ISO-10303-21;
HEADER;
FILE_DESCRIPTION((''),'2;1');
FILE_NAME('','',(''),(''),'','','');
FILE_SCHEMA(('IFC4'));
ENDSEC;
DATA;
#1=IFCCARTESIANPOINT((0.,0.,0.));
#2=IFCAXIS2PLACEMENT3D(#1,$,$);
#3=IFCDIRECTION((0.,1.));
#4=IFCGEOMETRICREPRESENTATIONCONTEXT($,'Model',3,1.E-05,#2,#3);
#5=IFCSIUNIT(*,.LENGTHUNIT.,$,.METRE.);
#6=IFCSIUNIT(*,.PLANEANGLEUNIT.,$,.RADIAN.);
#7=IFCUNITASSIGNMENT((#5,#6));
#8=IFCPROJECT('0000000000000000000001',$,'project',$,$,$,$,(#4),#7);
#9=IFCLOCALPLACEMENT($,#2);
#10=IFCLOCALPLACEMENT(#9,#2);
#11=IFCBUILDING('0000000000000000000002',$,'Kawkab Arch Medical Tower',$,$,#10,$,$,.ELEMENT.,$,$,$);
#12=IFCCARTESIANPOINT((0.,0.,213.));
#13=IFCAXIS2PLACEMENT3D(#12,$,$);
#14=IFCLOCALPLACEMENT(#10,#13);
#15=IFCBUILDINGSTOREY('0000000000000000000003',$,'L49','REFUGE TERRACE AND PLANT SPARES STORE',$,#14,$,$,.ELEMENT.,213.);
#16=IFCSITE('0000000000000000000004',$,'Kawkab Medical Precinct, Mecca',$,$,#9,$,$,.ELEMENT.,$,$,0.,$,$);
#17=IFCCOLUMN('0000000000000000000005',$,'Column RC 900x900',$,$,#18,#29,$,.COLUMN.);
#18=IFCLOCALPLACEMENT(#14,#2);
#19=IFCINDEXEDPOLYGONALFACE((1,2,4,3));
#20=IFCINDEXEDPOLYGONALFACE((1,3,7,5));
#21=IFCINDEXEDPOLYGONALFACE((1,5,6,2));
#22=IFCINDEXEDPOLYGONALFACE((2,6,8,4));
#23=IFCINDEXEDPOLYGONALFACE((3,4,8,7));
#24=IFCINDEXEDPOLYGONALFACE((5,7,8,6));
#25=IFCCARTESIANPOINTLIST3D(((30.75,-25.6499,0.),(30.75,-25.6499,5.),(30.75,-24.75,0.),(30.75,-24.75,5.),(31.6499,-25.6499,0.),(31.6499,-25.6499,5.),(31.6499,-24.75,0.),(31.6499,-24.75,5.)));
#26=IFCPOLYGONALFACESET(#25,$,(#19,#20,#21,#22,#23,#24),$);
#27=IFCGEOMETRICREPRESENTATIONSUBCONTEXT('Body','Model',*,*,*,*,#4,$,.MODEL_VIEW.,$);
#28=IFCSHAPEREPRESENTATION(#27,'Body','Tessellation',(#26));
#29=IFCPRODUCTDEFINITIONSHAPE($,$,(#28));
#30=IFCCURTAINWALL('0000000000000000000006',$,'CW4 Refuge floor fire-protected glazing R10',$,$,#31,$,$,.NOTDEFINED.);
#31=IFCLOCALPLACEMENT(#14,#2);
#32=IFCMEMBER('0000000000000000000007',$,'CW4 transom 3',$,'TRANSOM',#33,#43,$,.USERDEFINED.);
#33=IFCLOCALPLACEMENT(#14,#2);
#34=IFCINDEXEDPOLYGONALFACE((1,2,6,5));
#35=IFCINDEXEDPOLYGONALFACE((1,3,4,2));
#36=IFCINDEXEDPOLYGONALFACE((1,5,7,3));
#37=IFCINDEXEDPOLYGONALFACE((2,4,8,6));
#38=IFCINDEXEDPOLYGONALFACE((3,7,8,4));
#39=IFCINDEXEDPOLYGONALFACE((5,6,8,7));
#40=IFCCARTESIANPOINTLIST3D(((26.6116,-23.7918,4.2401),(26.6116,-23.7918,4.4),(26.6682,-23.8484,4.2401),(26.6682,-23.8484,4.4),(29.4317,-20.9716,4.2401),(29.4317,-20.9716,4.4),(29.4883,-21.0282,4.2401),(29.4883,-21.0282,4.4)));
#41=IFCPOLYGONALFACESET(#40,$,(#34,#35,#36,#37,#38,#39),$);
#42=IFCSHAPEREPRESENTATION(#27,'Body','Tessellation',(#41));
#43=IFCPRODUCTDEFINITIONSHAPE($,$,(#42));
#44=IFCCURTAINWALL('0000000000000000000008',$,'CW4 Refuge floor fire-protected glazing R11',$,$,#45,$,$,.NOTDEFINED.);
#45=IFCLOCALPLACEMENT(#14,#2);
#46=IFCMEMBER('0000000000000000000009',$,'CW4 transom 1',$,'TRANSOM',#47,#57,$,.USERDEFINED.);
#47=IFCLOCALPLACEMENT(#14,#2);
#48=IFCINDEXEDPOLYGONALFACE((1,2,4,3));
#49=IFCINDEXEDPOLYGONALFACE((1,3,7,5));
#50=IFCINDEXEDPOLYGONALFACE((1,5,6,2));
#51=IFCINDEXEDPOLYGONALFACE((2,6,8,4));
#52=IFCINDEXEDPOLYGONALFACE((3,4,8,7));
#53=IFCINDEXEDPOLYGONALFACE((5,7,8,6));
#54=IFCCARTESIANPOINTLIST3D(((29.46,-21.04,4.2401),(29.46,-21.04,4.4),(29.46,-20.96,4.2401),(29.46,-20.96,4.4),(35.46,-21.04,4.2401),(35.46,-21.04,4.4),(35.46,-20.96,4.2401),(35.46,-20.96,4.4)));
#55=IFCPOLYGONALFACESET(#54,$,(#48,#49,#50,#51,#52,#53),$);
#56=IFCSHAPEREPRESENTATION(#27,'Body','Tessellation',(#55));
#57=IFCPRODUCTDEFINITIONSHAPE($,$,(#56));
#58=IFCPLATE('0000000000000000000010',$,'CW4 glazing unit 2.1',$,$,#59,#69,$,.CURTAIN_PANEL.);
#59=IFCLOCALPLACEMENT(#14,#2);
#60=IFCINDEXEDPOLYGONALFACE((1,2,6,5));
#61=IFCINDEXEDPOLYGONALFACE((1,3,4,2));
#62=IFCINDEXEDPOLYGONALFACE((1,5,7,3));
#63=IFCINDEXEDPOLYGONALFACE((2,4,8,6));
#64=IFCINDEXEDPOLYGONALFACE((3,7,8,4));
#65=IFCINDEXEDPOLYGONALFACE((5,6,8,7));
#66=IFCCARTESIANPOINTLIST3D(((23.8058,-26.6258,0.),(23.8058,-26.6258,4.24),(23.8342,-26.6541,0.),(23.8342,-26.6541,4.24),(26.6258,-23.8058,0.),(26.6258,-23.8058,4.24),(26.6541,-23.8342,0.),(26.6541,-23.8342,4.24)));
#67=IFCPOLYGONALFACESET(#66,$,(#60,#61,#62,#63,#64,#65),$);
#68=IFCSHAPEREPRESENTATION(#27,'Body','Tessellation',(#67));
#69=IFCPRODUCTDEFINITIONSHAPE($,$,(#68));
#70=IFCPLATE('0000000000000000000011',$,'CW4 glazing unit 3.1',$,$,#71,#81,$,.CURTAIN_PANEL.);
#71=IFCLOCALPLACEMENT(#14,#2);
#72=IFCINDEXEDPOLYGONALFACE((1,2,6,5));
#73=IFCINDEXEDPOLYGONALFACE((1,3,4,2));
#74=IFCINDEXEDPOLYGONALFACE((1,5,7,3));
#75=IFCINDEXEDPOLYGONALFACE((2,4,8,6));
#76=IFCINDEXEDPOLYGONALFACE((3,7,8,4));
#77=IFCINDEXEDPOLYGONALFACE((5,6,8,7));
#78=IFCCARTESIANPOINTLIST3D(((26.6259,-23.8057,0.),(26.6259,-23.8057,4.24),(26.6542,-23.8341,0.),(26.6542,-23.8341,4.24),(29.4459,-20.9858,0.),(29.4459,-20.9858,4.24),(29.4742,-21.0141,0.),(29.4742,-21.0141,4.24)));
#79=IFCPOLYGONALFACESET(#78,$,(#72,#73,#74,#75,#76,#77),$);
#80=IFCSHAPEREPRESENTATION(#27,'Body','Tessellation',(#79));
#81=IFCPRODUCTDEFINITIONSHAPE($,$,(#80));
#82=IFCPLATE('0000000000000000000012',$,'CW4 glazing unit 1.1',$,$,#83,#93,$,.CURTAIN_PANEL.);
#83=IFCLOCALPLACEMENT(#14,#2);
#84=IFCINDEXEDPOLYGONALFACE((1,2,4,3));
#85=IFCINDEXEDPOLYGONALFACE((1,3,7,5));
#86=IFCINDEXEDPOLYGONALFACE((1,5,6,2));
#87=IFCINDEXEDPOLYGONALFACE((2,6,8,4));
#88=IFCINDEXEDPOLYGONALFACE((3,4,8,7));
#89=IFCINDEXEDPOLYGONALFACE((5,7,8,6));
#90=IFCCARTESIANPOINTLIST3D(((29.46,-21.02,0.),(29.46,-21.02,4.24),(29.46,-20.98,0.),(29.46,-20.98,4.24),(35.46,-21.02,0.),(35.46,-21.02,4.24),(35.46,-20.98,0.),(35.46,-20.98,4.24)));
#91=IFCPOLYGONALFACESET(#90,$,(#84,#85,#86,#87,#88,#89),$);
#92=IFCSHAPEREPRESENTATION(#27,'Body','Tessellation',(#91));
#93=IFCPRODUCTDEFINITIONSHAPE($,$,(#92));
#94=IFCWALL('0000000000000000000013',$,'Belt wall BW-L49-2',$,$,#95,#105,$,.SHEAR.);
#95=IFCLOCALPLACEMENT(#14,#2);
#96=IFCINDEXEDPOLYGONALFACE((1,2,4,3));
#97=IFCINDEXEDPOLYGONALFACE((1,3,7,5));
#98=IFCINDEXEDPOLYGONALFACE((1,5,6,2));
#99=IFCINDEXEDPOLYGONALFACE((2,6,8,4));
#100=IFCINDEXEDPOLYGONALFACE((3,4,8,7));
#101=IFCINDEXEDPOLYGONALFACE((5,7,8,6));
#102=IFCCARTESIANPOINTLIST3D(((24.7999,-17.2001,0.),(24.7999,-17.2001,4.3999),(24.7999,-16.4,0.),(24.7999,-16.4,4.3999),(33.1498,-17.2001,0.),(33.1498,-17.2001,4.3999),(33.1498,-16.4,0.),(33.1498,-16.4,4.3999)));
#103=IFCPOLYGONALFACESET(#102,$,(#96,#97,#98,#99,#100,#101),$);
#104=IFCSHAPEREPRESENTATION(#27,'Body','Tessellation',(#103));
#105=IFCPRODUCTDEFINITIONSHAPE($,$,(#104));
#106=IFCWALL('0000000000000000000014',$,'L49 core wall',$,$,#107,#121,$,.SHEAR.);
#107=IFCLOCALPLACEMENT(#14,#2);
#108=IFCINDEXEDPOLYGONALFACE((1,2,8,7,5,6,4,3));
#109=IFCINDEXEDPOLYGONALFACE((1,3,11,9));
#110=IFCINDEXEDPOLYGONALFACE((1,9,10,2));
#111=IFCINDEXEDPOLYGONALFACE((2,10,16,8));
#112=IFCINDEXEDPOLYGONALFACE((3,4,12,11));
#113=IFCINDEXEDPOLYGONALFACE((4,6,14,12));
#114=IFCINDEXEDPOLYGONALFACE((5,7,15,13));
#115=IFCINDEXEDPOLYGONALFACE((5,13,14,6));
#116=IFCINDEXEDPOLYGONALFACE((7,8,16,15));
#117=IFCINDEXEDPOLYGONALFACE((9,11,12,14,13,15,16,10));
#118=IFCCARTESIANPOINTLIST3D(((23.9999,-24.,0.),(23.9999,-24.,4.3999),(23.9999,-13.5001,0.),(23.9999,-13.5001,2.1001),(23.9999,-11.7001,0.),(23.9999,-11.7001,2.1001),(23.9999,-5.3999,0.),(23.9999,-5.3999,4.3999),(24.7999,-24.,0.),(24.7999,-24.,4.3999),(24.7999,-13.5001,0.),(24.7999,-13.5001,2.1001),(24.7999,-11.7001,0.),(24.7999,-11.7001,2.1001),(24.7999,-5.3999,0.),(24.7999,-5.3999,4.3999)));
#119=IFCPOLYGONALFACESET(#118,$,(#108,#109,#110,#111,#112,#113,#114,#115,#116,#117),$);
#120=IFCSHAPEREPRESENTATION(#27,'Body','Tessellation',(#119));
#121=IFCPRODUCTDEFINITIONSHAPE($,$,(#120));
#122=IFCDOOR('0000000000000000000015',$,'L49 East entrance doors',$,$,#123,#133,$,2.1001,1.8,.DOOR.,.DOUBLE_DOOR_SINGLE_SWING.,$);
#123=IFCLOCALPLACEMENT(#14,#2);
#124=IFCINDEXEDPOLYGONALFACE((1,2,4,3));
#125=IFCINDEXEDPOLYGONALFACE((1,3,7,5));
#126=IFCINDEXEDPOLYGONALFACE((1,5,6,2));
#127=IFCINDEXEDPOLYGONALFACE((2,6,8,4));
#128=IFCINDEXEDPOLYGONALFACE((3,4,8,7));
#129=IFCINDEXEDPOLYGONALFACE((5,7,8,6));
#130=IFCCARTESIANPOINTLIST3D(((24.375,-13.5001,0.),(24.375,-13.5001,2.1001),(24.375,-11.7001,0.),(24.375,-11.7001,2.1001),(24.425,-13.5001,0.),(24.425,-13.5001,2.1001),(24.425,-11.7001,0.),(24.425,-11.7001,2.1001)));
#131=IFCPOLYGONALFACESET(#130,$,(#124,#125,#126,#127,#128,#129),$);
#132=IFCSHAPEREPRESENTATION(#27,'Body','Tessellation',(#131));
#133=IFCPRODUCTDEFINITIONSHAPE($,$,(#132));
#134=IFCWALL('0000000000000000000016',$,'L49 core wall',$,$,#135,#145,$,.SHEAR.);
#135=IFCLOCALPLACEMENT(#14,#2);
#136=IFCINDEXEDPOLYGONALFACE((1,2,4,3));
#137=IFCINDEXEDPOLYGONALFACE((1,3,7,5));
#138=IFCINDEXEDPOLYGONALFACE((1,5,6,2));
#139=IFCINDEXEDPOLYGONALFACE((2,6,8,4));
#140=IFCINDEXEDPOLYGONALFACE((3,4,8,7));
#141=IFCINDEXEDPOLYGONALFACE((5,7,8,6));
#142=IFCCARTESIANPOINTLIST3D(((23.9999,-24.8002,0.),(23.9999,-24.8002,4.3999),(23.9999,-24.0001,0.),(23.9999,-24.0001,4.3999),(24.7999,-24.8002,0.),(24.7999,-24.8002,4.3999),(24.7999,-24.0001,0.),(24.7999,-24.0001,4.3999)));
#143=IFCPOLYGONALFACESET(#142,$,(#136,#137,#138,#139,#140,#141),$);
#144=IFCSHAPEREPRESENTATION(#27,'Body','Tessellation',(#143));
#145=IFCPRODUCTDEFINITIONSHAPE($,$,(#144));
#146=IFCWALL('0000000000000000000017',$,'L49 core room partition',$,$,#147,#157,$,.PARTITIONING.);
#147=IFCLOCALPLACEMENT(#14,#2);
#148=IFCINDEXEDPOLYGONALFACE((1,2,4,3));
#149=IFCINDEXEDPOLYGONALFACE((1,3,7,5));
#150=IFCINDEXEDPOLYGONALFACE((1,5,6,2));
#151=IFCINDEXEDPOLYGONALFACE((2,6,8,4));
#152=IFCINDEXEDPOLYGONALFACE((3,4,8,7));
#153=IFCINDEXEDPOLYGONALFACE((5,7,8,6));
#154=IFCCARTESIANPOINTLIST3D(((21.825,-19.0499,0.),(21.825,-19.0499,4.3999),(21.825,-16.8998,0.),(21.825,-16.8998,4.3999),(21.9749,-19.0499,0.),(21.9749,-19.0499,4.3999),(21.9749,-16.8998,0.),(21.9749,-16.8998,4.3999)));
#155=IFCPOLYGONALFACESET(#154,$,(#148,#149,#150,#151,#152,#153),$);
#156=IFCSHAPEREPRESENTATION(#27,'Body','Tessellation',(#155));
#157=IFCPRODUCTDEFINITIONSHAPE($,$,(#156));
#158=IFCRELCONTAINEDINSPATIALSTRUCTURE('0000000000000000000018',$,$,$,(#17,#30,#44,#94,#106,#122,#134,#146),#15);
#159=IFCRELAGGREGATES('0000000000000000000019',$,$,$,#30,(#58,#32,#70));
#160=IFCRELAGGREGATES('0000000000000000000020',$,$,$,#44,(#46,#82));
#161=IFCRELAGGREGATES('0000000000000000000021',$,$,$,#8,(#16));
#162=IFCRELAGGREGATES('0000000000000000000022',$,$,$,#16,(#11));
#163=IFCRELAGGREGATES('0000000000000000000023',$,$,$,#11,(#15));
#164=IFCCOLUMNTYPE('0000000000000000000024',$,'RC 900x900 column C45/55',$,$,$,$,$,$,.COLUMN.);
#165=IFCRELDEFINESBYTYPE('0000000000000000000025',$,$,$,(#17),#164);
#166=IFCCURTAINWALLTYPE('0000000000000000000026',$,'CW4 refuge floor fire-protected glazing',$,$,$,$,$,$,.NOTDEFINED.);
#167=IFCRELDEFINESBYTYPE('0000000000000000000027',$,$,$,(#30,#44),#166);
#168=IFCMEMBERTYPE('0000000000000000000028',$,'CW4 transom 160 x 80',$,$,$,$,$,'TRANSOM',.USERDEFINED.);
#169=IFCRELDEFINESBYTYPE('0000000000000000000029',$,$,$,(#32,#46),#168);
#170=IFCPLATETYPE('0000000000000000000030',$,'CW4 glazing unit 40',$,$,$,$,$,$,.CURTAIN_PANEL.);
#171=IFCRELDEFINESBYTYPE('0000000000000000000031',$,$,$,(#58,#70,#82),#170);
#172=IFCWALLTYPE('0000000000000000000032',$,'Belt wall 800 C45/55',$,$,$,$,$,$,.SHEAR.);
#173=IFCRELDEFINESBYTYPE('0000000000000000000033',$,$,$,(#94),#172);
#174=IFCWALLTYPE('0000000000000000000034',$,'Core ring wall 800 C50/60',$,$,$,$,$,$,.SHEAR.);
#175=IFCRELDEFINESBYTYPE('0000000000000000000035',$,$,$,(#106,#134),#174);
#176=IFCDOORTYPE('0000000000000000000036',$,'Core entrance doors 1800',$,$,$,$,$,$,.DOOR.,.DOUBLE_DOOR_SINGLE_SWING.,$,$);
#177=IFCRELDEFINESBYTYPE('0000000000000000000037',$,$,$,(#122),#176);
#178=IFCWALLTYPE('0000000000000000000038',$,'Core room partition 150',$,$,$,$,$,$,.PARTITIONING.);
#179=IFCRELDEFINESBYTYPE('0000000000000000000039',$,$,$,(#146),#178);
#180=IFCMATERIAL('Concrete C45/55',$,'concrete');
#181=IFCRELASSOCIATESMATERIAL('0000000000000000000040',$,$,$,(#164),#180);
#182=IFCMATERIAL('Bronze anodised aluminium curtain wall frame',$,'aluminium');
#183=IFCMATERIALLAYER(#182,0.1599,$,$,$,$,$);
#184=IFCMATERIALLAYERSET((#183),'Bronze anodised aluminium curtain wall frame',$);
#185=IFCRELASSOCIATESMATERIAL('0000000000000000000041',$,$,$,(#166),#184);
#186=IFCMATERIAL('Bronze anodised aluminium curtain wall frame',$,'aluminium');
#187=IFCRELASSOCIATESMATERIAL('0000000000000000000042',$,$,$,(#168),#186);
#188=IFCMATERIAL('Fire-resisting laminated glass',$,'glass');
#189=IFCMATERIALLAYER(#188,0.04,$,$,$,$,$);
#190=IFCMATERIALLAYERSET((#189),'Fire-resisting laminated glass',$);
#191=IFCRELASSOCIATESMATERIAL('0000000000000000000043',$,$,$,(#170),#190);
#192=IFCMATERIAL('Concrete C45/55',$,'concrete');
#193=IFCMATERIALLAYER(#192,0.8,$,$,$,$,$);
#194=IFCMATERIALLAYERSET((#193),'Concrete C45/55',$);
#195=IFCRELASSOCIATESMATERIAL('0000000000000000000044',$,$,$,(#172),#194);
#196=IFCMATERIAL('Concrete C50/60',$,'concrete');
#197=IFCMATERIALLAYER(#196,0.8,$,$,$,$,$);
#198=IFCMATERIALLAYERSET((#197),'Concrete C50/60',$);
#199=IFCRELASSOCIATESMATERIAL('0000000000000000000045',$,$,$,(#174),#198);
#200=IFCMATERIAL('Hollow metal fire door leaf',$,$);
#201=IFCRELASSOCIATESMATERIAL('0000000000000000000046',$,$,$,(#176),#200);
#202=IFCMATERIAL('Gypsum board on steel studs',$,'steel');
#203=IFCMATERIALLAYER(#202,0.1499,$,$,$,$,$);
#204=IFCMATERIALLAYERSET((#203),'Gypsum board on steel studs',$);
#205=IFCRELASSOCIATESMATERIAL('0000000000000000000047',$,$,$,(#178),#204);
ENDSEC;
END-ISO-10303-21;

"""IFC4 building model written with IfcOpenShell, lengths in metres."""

from ifc_helpers import new_model, si_unit, direction, frame, frame_2d, origin, origin_2d, place, context, subcontext, project, spatial, rectangle, extrude, material, layer, layer_set, material_profile, profile_set, type_object, element, fill, aggregate, save


model = new_model("IFC4")

# Units and contexts
model_context = context("Model", 3, precision=1e-05, world=origin(), true_north=direction((0.0, 1.0)))
body_context = subcontext(model_context, "Body", "Model", "MODEL_VIEW")
ifc_project = project(units=[si_unit("LENGTHUNIT", "METRE"), si_unit("PLANEANGLEUNIT", "RADIAN")], contexts=[model_context])

# Site, building, storey
site_placement = place(None, origin())
site = spatial("IfcSite", under=ifc_project, at=site_placement, Name="Kawkab Medical Precinct, Mecca", CompositionType="ELEMENT", RefElevation=0.0)
building_placement = place(site_placement, origin())
building = spatial("IfcBuilding", under=site, at=building_placement, Name="Kawkab Arch Medical Tower", CompositionType="ELEMENT")
storey_placement = place(building_placement, frame((0.0, 0.0, 213.0)))
storey = spatial("IfcBuildingStorey", under=building, at=storey_placement, Name="L49", Description="REFUGE TERRACE AND PLANT SPARES STORE", CompositionType="ELEMENT", Elevation=213.0)

# Column
ifc_material_1 = material(Name="Concrete C45/55", Category="concrete")
ifc_material_profile_1 = material_profile(ifc_material_1, rectangle(XDim=0.8999, YDim=0.8999, at=origin_2d()), Name="RC 900x900")
ifc_profile_set_1 = profile_set([ifc_material_profile_1], Name="Concrete C45/55")
column_type = type_object("IfcColumnType", Name="RC 900x900 column C45/55", PredefinedType="COLUMN", material=ifc_profile_set_1)
column_placement = place(storey_placement, frame((31.2, -25.2, 0.0), z_axis=(0.0, 0.0, 1.0), x_axis=(1.0, 0.0, 0.0)))
element("IfcColumn", 1, at=column_placement, inside=storey, type_object=column_type, Name="Column RC 900x900", PredefinedType="COLUMN", context=body_context, shape_type="SweptSolid", body=[
    extrude(rectangle(XDim=0.8999, YDim=0.8999, at=origin_2d()), origin(), (0.0, 0.0, 1.0), 5.0),
])

# Curtain walls, members
ifc_material_2 = material(Name="Bronze anodised aluminium curtain wall frame", Category="aluminium")
ifc_layer_1 = layer(ifc_material_2, 0.1599)
ifc_layer_set_1 = layer_set([ifc_layer_1], Name="Bronze anodised aluminium curtain wall frame")
curtain_wall_type = type_object("IfcCurtainWallType", Name="CW4 refuge floor fire-protected glazing", PredefinedType="NOTDEFINED", material=ifc_layer_set_1)
placement = place(storey_placement, origin())
curtain_wall_1 = element("IfcCurtainWall", 2, at=placement, inside=storey, type_object=curtain_wall_type, Name="CW4 Refuge floor fire-protected glazing R10", PredefinedType="NOTDEFINED")
ifc_material_3 = material(Name="Bronze anodised aluminium curtain wall frame", Category="aluminium")
ifc_material_profile_2 = material_profile(ifc_material_3, rectangle(XDim=0.0801, YDim=0.1599, at=origin_2d()), Name="AL 80x160")
ifc_profile_set_2 = profile_set([ifc_material_profile_2], Name="Bronze anodised aluminium curtain wall frame")
member_type = type_object("IfcMemberType", Name="CW4 transom 160 x 80", ElementType="TRANSOM", PredefinedType="USERDEFINED", material=ifc_profile_set_2)
member_1_placement = place(storey_placement, frame((26.6399, -23.8201, 4.3201), z_axis=(0.707107, 0.707107, 0.0), x_axis=(-0.707107, 0.707107, 0.0)))
member_1 = element("IfcMember", 3, at=member_1_placement, type_object=member_type, Name="CW4 transom 3", ObjectType="TRANSOM", PredefinedType="USERDEFINED", context=body_context, shape_type="SweptSolid", body=[
    extrude(rectangle(XDim=0.0801, YDim=0.1599, at=origin_2d()), origin(), (0.0, 0.0, 1.0), 3.9883),
])
curtain_wall_2 = element("IfcCurtainWall", 4, at=placement, inside=storey, type_object=curtain_wall_type, Name="CW4 Refuge floor fire-protected glazing R11", PredefinedType="NOTDEFINED")
member_2_placement = place(storey_placement, frame((29.46, -21.0, 4.3201), z_axis=(1.0, 0.0, 0.0), x_axis=(0.0, 1.0, 0.0)))
member_2 = element("IfcMember", 5, at=member_2_placement, type_object=member_type, Name="CW4 transom 1", ObjectType="TRANSOM", PredefinedType="USERDEFINED", context=body_context, shape_type="SweptSolid", body=[
    extrude(rectangle(XDim=0.0801, YDim=0.1599, at=origin_2d()), origin(), (0.0, 0.0, 1.0), 6.0),
])

# Plates
ifc_material_4 = material(Name="Fire-resisting laminated glass", Category="glass")
ifc_layer_2 = layer(ifc_material_4, 0.04)
ifc_layer_set_2 = layer_set([ifc_layer_2], Name="Fire-resisting laminated glass")
plate_type = type_object("IfcPlateType", Name="CW4 glazing unit 40", PredefinedType="CURTAIN_PANEL", material=ifc_layer_set_2)
plate_1_placement = place(storey_placement, frame((25.23, -25.23, 0.0), z_axis=(0.0, 0.0, 1.0), x_axis=(0.707107, 0.707107, 0.0)))
plate_1 = element("IfcPlate", 6, at=plate_1_placement, type_object=plate_type, Name="CW4 glazing unit 2.1", PredefinedType="CURTAIN_PANEL", context=body_context, shape_type="SweptSolid", body=[
    extrude(rectangle(XDim=3.988, YDim=0.04, at=origin_2d()), origin(), (0.0, 0.0, 1.0), 4.24),
])
plate_2_placement = place(storey_placement, frame((28.05, -22.4099, 0.0), z_axis=(0.0, 0.0, 1.0), x_axis=(0.707107, 0.707107, 0.0)))
plate_2 = element("IfcPlate", 7, at=plate_2_placement, type_object=plate_type, Name="CW4 glazing unit 3.1", PredefinedType="CURTAIN_PANEL", context=body_context, shape_type="SweptSolid", body=[
    extrude(rectangle(XDim=3.988, YDim=0.04, at=origin_2d()), origin(), (0.0, 0.0, 1.0), 4.24),
])
aggregate(curtain_wall_1, [plate_1, member_1, plate_2])
plate_3_placement = place(storey_placement, frame((32.46, -21.0, 0.0), z_axis=(0.0, 0.0, 1.0), x_axis=(1.0, 0.0, 0.0)))
plate_3 = element("IfcPlate", 8, at=plate_3_placement, type_object=plate_type, Name="CW4 glazing unit 1.1", PredefinedType="CURTAIN_PANEL", context=body_context, shape_type="SweptSolid", body=[
    extrude(rectangle(XDim=6.0, YDim=0.04, at=origin_2d()), origin(), (0.0, 0.0, 1.0), 4.24),
])
aggregate(curtain_wall_2, [member_2, plate_3])

# Wall
ifc_material_5 = material(Name="Concrete C45/55", Category="concrete")
ifc_layer_3 = layer(ifc_material_5, 0.8)
ifc_layer_set_3 = layer_set([ifc_layer_3], Name="Concrete C45/55")
wall_type_1 = type_object("IfcWallType", Name="Belt wall 800 C45/55", PredefinedType="SHEAR", material=ifc_layer_set_3)
wall_1_placement = place(storey_placement, frame((24.8, -16.8, 0.0), z_axis=(0.0, 0.0, 1.0), x_axis=(1.0, 0.0, 0.0)))
element("IfcWall", 9, at=wall_1_placement, inside=storey, type_object=wall_type_1, Name="Belt wall BW-L49-2", PredefinedType="SHEAR", context=body_context, shape_type="SweptSolid", body=[
    extrude(rectangle(XDim=8.3499, YDim=0.8, at=frame_2d((4.1748, 0.0))), origin(), (0.0, 0.0, 1.0), 4.3999),
])

# Wall, opening, door
ifc_material_6 = material(Name="Concrete C50/60", Category="concrete")
ifc_layer_4 = layer(ifc_material_6, 0.8)
ifc_layer_set_4 = layer_set([ifc_layer_4], Name="Concrete C50/60")
wall_type_2 = type_object("IfcWallType", Name="Core ring wall 800 C50/60", PredefinedType="SHEAR", material=ifc_layer_set_4)
wall_2_placement = place(storey_placement, frame((24.3999, -24.0, 0.0), z_axis=(0.0, 0.0, 1.0), x_axis=(0.0, 1.0, 0.0)))
wall_2 = element("IfcWall", 10, at=wall_2_placement, inside=storey, type_object=wall_type_2, Name="L49 core wall", PredefinedType="SHEAR", context=body_context, shape_type="SweptSolid", body=[
    extrude(rectangle(XDim=18.6001, YDim=0.8, at=frame_2d((9.3, 0.0))), origin(), (0.0, 0.0, 1.0), 4.3999),
])
opening_1_placement = place(wall_2_placement, frame((10.5, 0.0, 0.0)))
opening_1 = element("IfcOpeningElement", 11, at=opening_1_placement, cuts=wall_2, PredefinedType="OPENING", context=body_context, shape_type="SweptSolid", body=[
    extrude(rectangle(XDim=1.8, YDim=2.1001, at=frame_2d((0.8999, 1.05))), frame((0.0, 0.4099, 0.0), z_axis=(0.0, -1.0, 0.0), x_axis=(1.0, 0.0, 0.0)), (0.0, 0.0, 1.0), 0.8201),
])
ifc_material_7 = material(Name="Hollow metal fire door leaf")
door_type_1 = type_object("IfcDoorType", Name="Core entrance doors 1800", OperationType="DOUBLE_DOOR_SINGLE_SWING", PredefinedType="DOOR", material=ifc_material_7)
door_1_placement = place(opening_1_placement, origin())
door_1 = element("IfcDoor", 12, at=door_1_placement, inside=storey, type_object=door_type_1, Name="L49 East entrance doors", OperationType="DOUBLE_DOOR_SINGLE_SWING", OverallHeight=2.1001, OverallWidth=1.8, PredefinedType="DOOR", context=body_context, shape_type="SweptSolid", body=[
    extrude(rectangle(XDim=1.8, YDim=2.1001, at=frame_2d((0.8999, 1.05))), frame((0.0, 0.0249, 0.0), z_axis=(0.0, -1.0, 0.0), x_axis=(1.0, 0.0, 0.0)), (0.0, 0.0, 1.0), 0.05),
])
fill(opening_1, door_1)

# Walls
wall_3_placement = place(storey_placement, frame((24.3999, -24.8, 0.0), z_axis=(0.0, 0.0, 1.0), x_axis=(0.0, 1.0, 0.0)))
element("IfcWall", 13, at=wall_3_placement, inside=storey, type_object=wall_type_2, Name="L49 core wall", PredefinedType="SHEAR", context=body_context, shape_type="SweptSolid", body=[
    extrude(rectangle(XDim=0.8, YDim=0.8, at=frame_2d((0.3999, 0.0))), origin(), (0.0, 0.0, 1.0), 4.3999),
])
ifc_material_8 = material(Name="Gypsum board on steel studs", Category="steel")
ifc_layer_5 = layer(ifc_material_8, 0.1499)
ifc_layer_set_5 = layer_set([ifc_layer_5], Name="Gypsum board on steel studs")
wall_type_3 = type_object("IfcWallType", Name="Core room partition 150", PredefinedType="PARTITIONING", material=ifc_layer_set_5)
wall_4_placement = place(storey_placement, frame((21.8999, -19.05, 0.0), z_axis=(0.0, 0.0, 1.0), x_axis=(0.0, 1.0, 0.0)))
element("IfcWall", 14, at=wall_4_placement, inside=storey, type_object=wall_type_3, Name="L49 core room partition", PredefinedType="PARTITIONING", context=body_context, shape_type="SweptSolid", body=[
    extrude(rectangle(XDim=2.1501, YDim=0.1499, at=frame_2d((1.0752, 0.0))), origin(), (0.0, 0.0, 1.0), 4.3999),
])

save(model, "model.ifc")
